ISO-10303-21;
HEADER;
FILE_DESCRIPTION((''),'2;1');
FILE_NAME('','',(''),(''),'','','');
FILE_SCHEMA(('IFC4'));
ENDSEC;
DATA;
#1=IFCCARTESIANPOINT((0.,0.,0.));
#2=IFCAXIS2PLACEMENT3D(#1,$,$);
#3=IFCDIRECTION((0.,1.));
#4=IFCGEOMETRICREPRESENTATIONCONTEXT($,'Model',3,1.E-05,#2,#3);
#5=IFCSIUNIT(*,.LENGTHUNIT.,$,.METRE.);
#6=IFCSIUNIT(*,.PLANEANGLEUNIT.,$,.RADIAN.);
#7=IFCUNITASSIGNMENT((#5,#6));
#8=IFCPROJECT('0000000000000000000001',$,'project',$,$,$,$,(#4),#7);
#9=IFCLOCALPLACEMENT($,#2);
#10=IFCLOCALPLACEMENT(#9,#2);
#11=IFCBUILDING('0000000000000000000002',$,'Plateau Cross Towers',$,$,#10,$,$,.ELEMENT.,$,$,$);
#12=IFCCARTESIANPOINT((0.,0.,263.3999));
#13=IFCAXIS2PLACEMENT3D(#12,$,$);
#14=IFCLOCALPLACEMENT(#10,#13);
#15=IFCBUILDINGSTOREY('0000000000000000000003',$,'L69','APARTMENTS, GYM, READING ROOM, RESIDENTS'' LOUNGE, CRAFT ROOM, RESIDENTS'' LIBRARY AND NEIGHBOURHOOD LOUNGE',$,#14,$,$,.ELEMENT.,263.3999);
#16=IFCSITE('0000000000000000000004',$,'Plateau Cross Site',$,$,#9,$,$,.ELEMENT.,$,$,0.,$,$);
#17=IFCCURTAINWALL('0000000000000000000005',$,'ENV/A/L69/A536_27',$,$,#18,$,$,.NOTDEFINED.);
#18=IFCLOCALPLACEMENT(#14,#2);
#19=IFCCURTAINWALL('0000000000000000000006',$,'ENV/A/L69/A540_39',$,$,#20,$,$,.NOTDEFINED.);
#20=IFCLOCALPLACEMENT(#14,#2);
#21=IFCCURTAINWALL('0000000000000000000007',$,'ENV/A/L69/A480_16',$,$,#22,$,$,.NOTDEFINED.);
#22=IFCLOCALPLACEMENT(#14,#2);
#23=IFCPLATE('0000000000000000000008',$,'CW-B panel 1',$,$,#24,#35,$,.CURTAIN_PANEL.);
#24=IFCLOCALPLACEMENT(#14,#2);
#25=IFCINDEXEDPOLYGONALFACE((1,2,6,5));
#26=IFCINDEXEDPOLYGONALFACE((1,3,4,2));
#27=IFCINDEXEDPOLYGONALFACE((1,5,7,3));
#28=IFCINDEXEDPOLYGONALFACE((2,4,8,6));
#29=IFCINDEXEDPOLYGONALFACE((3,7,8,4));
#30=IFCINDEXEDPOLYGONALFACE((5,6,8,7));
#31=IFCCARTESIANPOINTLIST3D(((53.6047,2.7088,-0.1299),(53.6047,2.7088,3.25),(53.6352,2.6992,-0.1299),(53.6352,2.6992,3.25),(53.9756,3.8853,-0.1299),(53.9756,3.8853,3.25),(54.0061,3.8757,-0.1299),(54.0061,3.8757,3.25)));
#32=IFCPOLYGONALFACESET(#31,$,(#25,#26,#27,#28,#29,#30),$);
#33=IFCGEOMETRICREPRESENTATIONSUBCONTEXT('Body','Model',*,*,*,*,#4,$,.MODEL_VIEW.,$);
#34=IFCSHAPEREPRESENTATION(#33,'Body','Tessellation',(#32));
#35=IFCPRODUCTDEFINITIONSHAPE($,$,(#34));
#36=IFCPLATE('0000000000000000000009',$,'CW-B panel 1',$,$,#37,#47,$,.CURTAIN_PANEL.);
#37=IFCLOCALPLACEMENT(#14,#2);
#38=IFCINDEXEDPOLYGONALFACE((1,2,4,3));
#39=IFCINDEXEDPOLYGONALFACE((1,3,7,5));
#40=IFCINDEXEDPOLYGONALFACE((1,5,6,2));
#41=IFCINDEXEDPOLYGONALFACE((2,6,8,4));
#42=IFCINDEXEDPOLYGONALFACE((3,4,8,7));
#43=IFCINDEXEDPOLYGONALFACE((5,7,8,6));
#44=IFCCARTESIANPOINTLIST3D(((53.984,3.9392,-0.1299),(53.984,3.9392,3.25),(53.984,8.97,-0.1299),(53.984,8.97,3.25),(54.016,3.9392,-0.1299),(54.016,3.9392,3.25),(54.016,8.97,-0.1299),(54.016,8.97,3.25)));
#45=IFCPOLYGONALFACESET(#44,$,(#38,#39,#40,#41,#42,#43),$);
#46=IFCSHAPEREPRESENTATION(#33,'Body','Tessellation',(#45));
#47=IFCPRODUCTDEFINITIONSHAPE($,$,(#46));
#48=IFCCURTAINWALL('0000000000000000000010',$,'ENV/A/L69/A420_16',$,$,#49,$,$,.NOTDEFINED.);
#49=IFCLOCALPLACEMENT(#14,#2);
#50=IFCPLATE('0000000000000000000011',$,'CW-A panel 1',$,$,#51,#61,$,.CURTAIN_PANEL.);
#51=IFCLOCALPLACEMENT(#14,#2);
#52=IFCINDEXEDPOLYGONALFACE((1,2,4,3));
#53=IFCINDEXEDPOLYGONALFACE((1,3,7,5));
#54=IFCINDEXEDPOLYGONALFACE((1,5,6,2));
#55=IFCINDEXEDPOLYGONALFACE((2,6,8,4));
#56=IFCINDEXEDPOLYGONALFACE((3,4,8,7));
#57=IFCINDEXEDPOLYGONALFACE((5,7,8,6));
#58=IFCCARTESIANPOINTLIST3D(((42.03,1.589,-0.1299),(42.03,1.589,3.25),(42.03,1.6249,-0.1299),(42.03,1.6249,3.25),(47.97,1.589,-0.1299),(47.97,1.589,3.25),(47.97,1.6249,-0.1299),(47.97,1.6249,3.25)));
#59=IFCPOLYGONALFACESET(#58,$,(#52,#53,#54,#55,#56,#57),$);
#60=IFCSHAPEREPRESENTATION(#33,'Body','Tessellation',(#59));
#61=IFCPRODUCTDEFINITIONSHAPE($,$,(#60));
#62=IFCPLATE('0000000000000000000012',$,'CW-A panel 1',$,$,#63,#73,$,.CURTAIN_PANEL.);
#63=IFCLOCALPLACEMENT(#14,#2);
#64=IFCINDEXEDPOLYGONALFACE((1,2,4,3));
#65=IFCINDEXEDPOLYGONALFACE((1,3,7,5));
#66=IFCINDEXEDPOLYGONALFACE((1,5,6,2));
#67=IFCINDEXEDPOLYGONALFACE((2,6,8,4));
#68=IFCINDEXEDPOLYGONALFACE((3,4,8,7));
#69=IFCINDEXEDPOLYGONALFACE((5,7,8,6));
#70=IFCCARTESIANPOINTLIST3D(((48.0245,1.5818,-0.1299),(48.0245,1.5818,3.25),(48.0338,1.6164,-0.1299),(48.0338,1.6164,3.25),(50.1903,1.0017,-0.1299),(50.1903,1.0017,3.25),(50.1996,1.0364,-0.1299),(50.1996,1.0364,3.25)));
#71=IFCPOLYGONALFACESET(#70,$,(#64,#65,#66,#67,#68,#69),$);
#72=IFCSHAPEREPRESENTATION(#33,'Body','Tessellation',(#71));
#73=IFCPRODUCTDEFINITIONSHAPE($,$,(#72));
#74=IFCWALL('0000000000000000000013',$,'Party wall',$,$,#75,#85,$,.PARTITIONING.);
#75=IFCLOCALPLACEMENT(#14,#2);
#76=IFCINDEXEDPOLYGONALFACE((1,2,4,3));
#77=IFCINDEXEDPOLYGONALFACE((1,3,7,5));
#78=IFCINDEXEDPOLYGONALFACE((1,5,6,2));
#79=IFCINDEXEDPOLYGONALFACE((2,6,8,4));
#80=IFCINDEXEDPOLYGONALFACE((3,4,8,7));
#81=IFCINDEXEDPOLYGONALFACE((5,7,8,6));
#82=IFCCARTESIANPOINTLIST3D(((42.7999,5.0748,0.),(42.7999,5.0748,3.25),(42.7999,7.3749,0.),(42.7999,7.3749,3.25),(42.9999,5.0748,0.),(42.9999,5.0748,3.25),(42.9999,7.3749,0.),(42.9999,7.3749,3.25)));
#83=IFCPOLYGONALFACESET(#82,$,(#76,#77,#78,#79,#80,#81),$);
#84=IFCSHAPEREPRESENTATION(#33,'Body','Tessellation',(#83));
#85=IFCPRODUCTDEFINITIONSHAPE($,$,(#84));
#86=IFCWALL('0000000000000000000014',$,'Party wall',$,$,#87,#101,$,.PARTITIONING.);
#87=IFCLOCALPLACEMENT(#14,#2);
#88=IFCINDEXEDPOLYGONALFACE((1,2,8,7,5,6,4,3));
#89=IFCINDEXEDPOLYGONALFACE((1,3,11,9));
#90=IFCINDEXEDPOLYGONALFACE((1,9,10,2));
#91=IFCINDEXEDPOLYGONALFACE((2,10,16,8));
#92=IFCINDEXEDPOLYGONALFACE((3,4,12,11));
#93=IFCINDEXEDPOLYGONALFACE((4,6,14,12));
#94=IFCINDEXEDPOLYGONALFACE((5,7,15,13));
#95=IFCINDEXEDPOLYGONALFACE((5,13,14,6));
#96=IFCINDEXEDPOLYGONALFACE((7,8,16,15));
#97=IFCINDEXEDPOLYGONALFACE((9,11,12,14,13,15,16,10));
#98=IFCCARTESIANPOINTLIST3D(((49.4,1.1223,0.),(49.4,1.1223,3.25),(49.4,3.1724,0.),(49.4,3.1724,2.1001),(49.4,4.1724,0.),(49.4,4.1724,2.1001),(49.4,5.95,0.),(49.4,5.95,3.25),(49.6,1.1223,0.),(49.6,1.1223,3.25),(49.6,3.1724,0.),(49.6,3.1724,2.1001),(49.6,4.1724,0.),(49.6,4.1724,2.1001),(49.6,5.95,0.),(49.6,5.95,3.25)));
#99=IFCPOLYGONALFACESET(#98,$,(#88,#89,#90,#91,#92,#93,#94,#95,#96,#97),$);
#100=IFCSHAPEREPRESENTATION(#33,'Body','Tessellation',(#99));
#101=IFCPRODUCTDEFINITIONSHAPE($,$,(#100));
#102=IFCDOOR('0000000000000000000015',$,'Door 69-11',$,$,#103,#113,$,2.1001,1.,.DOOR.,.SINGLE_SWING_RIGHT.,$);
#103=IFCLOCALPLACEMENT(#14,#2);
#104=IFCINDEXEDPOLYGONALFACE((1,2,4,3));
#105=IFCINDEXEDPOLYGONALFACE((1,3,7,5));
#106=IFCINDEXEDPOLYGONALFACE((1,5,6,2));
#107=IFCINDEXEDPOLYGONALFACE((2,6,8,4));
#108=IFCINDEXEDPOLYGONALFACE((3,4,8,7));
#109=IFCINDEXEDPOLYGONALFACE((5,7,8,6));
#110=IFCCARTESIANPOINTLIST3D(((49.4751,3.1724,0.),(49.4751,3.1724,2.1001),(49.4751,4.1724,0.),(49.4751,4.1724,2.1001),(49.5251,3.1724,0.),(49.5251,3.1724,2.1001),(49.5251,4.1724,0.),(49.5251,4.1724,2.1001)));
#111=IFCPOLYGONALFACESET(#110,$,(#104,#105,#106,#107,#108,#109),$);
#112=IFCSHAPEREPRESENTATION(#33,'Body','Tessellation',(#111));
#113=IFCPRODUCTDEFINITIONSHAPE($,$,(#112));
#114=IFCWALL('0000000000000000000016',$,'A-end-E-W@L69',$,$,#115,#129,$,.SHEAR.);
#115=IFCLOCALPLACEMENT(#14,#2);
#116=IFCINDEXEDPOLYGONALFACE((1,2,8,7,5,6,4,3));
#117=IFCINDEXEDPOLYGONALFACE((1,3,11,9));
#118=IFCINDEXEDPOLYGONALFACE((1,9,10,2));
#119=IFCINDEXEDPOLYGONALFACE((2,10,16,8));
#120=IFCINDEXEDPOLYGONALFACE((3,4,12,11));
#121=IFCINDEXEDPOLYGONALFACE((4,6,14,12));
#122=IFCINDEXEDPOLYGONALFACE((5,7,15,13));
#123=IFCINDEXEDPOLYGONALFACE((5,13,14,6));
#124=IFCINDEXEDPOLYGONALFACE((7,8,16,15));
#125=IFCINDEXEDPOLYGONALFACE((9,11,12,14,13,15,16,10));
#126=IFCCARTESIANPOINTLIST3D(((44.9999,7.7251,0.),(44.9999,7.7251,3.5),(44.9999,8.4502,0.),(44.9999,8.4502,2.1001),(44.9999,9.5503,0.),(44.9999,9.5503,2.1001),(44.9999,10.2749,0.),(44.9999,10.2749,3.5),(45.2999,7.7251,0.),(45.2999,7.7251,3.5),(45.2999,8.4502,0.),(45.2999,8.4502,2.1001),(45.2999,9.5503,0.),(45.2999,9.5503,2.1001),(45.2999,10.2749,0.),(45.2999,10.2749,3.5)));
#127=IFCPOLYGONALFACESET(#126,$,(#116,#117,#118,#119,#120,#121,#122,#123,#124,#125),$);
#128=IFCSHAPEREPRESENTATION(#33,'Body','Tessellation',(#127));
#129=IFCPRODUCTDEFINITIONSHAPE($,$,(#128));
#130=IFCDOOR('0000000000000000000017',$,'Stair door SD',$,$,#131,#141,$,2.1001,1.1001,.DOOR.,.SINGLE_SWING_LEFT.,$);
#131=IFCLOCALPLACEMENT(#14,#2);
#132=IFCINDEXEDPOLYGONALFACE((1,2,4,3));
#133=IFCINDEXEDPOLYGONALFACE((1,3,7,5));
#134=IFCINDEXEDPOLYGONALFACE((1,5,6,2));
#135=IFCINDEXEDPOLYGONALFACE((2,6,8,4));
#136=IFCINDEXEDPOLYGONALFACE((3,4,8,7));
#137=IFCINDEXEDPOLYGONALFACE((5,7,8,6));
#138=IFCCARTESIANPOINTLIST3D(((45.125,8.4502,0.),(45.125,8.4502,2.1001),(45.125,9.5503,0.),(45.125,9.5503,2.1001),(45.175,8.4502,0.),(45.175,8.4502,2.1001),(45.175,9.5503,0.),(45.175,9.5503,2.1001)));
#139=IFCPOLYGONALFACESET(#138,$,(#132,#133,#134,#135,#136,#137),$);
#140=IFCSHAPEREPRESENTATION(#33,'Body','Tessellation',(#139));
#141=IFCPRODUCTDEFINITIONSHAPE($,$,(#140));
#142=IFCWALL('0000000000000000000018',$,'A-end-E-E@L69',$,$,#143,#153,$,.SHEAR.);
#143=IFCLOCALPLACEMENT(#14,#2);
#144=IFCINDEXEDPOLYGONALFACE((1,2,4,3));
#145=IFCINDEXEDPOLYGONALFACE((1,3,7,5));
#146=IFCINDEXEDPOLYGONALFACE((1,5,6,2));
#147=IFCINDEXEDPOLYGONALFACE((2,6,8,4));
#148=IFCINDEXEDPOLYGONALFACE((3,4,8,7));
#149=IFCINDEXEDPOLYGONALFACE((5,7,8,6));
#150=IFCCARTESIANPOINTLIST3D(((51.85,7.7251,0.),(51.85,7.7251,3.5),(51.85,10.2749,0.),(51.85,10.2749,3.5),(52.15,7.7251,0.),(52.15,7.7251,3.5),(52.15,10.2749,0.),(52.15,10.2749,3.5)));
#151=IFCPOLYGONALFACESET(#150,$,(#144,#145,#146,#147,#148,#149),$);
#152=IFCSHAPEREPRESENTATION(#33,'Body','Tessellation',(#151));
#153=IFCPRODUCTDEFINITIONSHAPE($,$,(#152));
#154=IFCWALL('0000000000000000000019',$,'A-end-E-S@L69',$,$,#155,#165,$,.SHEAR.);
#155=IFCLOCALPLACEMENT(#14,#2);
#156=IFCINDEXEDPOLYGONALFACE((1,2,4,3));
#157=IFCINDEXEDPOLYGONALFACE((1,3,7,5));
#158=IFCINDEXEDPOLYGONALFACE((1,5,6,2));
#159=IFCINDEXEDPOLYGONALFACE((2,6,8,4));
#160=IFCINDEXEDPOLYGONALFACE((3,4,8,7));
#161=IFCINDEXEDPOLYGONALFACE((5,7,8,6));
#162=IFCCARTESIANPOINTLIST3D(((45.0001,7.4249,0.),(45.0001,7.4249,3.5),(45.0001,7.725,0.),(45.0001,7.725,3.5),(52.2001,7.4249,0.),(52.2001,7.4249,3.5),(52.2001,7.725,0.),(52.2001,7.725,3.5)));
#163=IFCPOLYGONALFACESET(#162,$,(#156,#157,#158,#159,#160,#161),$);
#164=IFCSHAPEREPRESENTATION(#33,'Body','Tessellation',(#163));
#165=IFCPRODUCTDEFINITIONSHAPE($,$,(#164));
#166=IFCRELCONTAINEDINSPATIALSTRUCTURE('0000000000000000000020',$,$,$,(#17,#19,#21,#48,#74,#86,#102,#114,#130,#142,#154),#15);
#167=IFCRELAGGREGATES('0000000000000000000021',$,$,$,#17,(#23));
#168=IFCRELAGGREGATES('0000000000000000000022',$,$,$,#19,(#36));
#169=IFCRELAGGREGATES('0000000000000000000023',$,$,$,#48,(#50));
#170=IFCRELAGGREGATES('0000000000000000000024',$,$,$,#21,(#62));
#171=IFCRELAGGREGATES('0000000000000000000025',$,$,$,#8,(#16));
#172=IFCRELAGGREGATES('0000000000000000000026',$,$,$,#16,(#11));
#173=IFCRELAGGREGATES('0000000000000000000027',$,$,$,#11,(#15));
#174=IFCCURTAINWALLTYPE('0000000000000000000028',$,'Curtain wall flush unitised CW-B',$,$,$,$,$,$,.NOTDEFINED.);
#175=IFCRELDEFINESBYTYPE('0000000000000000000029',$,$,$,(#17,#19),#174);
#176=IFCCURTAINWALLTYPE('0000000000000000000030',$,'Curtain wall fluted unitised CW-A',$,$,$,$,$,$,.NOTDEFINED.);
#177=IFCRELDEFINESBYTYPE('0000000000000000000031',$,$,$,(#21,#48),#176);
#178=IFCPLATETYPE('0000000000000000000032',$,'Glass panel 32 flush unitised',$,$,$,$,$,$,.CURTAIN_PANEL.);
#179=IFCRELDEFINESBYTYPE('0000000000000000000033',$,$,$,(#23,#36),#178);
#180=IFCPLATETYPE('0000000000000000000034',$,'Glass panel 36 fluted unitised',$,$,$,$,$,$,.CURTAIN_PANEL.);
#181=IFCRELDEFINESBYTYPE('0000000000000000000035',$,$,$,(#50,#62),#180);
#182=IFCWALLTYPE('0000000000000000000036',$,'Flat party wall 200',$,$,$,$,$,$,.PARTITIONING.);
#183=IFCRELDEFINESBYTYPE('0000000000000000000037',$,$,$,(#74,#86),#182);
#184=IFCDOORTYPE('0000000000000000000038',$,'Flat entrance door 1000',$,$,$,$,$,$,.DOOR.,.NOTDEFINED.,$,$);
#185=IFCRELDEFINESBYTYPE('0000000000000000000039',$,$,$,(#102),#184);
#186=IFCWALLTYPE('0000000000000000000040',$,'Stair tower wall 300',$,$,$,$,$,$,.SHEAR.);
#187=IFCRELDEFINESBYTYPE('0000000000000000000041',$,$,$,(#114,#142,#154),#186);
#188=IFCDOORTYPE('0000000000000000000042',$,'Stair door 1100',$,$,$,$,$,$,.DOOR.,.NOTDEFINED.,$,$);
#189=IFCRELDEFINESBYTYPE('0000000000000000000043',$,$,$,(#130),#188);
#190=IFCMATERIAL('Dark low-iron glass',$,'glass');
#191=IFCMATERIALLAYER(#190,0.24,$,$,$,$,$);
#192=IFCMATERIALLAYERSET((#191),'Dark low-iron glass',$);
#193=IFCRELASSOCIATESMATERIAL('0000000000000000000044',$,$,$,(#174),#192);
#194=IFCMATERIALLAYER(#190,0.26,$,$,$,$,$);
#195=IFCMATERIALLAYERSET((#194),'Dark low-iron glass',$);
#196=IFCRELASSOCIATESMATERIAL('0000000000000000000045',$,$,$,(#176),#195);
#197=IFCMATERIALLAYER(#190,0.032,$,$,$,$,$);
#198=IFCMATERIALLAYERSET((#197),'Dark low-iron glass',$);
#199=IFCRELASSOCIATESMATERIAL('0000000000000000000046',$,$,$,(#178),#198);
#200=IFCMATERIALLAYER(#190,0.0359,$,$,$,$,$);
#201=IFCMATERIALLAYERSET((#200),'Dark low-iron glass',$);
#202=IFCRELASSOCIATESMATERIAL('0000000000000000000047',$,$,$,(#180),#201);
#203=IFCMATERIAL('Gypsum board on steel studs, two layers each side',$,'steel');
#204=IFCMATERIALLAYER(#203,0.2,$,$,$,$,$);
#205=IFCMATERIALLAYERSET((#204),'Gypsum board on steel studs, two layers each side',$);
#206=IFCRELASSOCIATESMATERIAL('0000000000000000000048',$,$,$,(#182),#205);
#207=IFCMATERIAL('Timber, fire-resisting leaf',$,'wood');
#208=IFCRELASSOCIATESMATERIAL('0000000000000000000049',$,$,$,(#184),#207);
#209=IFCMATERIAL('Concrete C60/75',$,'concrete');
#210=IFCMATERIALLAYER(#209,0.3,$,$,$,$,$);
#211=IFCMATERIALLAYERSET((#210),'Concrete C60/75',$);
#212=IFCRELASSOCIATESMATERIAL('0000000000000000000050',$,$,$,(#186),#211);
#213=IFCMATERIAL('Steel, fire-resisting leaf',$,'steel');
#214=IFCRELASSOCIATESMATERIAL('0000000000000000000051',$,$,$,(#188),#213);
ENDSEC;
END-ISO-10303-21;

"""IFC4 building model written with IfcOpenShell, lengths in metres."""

from ifc_helpers import new_model, si_unit, direction, frame, frame_2d, origin, origin_2d, place, context, subcontext, project, spatial, rectangle, extrude, material, layer, layer_set, type_object, element, fill, aggregate, save


model = new_model("IFC4")

# Units and contexts
model_context = context("Model", 3, precision=1e-05, world=origin(), true_north=direction((0.0, 1.0)))
body_context = subcontext(model_context, "Body", "Model", "MODEL_VIEW")
ifc_project = project(units=[si_unit("LENGTHUNIT", "METRE"), si_unit("PLANEANGLEUNIT", "RADIAN")], contexts=[model_context])

# Site, building, storey
site_placement = place(None, origin())
site = spatial("IfcSite", under=ifc_project, at=site_placement, Name="Plateau Cross Site", CompositionType="ELEMENT", RefElevation=0.0)
building_placement = place(site_placement, origin())
building = spatial("IfcBuilding", under=site, at=building_placement, Name="Plateau Cross Towers", CompositionType="ELEMENT")
storey_placement = place(building_placement, frame((0.0, 0.0, 263.3999)))
storey = spatial("IfcBuildingStorey", under=building, at=storey_placement, Name="L69", Description="APARTMENTS, GYM, READING ROOM, RESIDENTS' LOUNGE, CRAFT ROOM, RESIDENTS' LIBRARY AND NEIGHBOURHOOD LOUNGE", CompositionType="ELEMENT", Elevation=263.3999)

# Shared definitions
ifc_material_1 = material(Name="Concrete C60/75", Category="concrete")

# Shared definitions
ifc_material_2 = material(Name="Dark low-iron glass", Category="glass")
ifc_layer_1 = layer(ifc_material_2, 0.24)
ifc_layer_set_1 = layer_set([ifc_layer_1], Name="Dark low-iron glass")
curtain_wall_type_1 = type_object("IfcCurtainWallType", Name="Curtain wall flush unitised CW-B", PredefinedType="NOTDEFINED", material=ifc_layer_set_1)

# Curtain walls
curtain_wall_1_placement = place(storey_placement, origin())
curtain_wall_1 = element("IfcCurtainWall", 1, at=curtain_wall_1_placement, inside=storey, type_object=curtain_wall_type_1, Name="ENV/A/L69/A536_27", PredefinedType="NOTDEFINED")
curtain_wall_2_placement = place(storey_placement, origin())
curtain_wall_2 = element("IfcCurtainWall", 2, at=curtain_wall_2_placement, inside=storey, type_object=curtain_wall_type_1, Name="ENV/A/L69/A540_39", PredefinedType="NOTDEFINED")
ifc_layer_2 = layer(ifc_material_2, 0.26)
ifc_layer_set_2 = layer_set([ifc_layer_2], Name="Dark low-iron glass")
curtain_wall_type_2 = type_object("IfcCurtainWallType", Name="Curtain wall fluted unitised CW-A", PredefinedType="NOTDEFINED", material=ifc_layer_set_2)
curtain_wall_3_placement = place(storey_placement, origin())
curtain_wall_3 = element("IfcCurtainWall", 3, at=curtain_wall_3_placement, inside=storey, type_object=curtain_wall_type_2, Name="ENV/A/L69/A480_16", PredefinedType="NOTDEFINED")

# Plates
ifc_layer_3 = layer(ifc_material_2, 0.032)
ifc_layer_set_3 = layer_set([ifc_layer_3], Name="Dark low-iron glass")
plate_type_1 = type_object("IfcPlateType", Name="Glass panel 32 flush unitised", PredefinedType="CURTAIN_PANEL", material=ifc_layer_set_3)
plate_1_placement = place(storey_placement, frame((53.8054, 3.2922, -0.1299), z_axis=(0.0, 0.0, 1.0), x_axis=(0.300686, 0.953723, 0.0)))
plate_1 = element("IfcPlate", 4, at=plate_1_placement, type_object=plate_type_1, Name="CW-B panel 1", PredefinedType="CURTAIN_PANEL", context=body_context, shape_type="SweptSolid", body=[
    extrude(rectangle(XDim=1.2336, YDim=0.032, at=origin_2d()), origin(), (0.0, 0.0, 1.0), 3.3799),
])
aggregate(curtain_wall_1, [plate_1])
plate_2_placement = place(storey_placement, frame((54.0, 6.4546, -0.1299), z_axis=(0.0, 0.0, 1.0), x_axis=(0.0, 1.0, 0.0)))
plate_2 = element("IfcPlate", 5, at=plate_2_placement, type_object=plate_type_1, Name="CW-B panel 1", PredefinedType="CURTAIN_PANEL", context=body_context, shape_type="SweptSolid", body=[
    extrude(rectangle(XDim=5.0308, YDim=0.032, at=origin_2d()), origin(), (0.0, 0.0, 1.0), 3.3799),
])
aggregate(curtain_wall_2, [plate_2])

# Curtain wall, plate
curtain_wall_4_placement = place(storey_placement, origin())
curtain_wall_4 = element("IfcCurtainWall", 6, at=curtain_wall_4_placement, inside=storey, type_object=curtain_wall_type_2, Name="ENV/A/L69/A420_16", PredefinedType="NOTDEFINED")
ifc_layer_4 = layer(ifc_material_2, 0.0359)
ifc_layer_set_4 = layer_set([ifc_layer_4], Name="Dark low-iron glass")
plate_type_2 = type_object("IfcPlateType", Name="Glass panel 36 fluted unitised", PredefinedType="CURTAIN_PANEL", material=ifc_layer_set_4)
plate_3_placement = place(storey_placement, frame((45.0, 1.6069, -0.1299), z_axis=(0.0, 0.0, 1.0), x_axis=(1.0, 0.0, 0.0)))
plate_3 = element("IfcPlate", 7, at=plate_3_placement, type_object=plate_type_2, Name="CW-A panel 1", PredefinedType="CURTAIN_PANEL", context=body_context, shape_type="SweptSolid", body=[
    extrude(rectangle(XDim=5.9399, YDim=0.0359, at=origin_2d()), origin(), (0.0, 0.0, 1.0), 3.3799),
])
aggregate(curtain_wall_4, [plate_3])

# Plate
plate_4_placement = place(storey_placement, frame((49.1121, 1.3091, -0.1299), z_axis=(0.0, 0.0, 1.0), x_axis=(0.965958, -0.258699, 0.0)))
plate_4 = element("IfcPlate", 8, at=plate_4_placement, type_object=plate_type_2, Name="CW-A panel 1", PredefinedType="CURTAIN_PANEL", context=body_context, shape_type="SweptSolid", body=[
    extrude(rectangle(XDim=2.2422, YDim=0.0359, at=origin_2d()), origin(), (0.0, 0.0, 1.0), 3.3799),
])
aggregate(curtain_wall_3, [plate_4])

# Wall
ifc_material_3 = material(Name="Gypsum board on steel studs, two layers each side", Category="steel")
ifc_layer_5 = layer(ifc_material_3, 0.2)
ifc_layer_set_5 = layer_set([ifc_layer_5], Name="Gypsum board on steel studs, two layers each side")
wall_type_1 = type_object("IfcWallType", Name="Flat party wall 200", PredefinedType="PARTITIONING", material=ifc_layer_set_5)
wall_1_placement = place(storey_placement, frame((42.8999, 5.075, 0.0), z_axis=(0.0, 0.0, 1.0), x_axis=(0.0, 1.0, 0.0)))
element("IfcWall", 9, at=wall_1_placement, inside=storey, type_object=wall_type_1, Name="Party wall", PredefinedType="PARTITIONING", context=body_context, shape_type="SweptSolid", body=[
    extrude(rectangle(XDim=2.3, YDim=0.2, at=frame_2d((1.1499, 0.0))), origin(), (0.0, 0.0, 1.0), 3.25),
])

# Walls, openings, doors
wall_2_placement = place(storey_placement, frame((49.5, 1.1223, 0.0), z_axis=(0.0, 0.0, 1.0), x_axis=(0.0, 1.0, 0.0)))
wall_2 = element("IfcWall", 10, at=wall_2_placement, inside=storey, type_object=wall_type_1, Name="Party wall", PredefinedType="PARTITIONING", context=body_context, shape_type="SweptSolid", body=[
    extrude(rectangle(XDim=4.8276, YDim=0.2, at=frame_2d((2.4138, 0.0))), origin(), (0.0, 0.0, 1.0), 3.25),
])
opening_1_placement = place(wall_2_placement, frame((2.05, 0.0, 0.0)))
opening_1 = element("IfcOpeningElement", 11, at=opening_1_placement, cuts=wall_2, PredefinedType="OPENING", context=body_context, shape_type="SweptSolid", body=[
    extrude(rectangle(XDim=1.0, YDim=2.1001, at=frame_2d((0.5, 1.05))), frame((0.0, 0.1099, 0.0), z_axis=(0.0, -1.0, 0.0), x_axis=(1.0, 0.0, 0.0)), (0.0, 0.0, 1.0), 0.22),
])
ifc_material_4 = material(Name="Timber, fire-resisting leaf", Category="wood")
door_type_1 = type_object("IfcDoorType", Name="Flat entrance door 1000", OperationType="NOTDEFINED", PredefinedType="DOOR", material=ifc_material_4)
door_1_placement = place(opening_1_placement, origin())
door_1 = element("IfcDoor", 12, at=door_1_placement, inside=storey, type_object=door_type_1, Name="Door 69-11", OperationType="SINGLE_SWING_RIGHT", OverallHeight=2.1001, OverallWidth=1.0, PredefinedType="DOOR", context=body_context, shape_type="SweptSolid", body=[
    extrude(rectangle(XDim=1.0, YDim=2.1001, at=frame_2d((0.5, 1.05))), frame((0.0, 0.0249, 0.0), z_axis=(0.0, -1.0, 0.0), x_axis=(1.0, 0.0, 0.0)), (0.0, 0.0, 1.0), 0.05),
])
fill(opening_1, door_1)
ifc_layer_6 = layer(ifc_material_1, 0.3)
ifc_layer_set_6 = layer_set([ifc_layer_6], Name="Concrete C60/75")
wall_type_2 = type_object("IfcWallType", Name="Stair tower wall 300", PredefinedType="SHEAR", material=ifc_layer_set_6)
wall_3_placement = place(storey_placement, frame((45.1499, 7.7251, 0.0), z_axis=(0.0, 0.0, 1.0), x_axis=(0.0, 1.0, 0.0)))
wall_3 = element("IfcWall", 13, at=wall_3_placement, inside=storey, type_object=wall_type_2, Name="A-end-E-W@L69", PredefinedType="SHEAR", context=body_context, shape_type="SweptSolid", body=[
    extrude(rectangle(XDim=2.5498, YDim=0.3, at=frame_2d((1.2749, 0.0))), origin(), (0.0, 0.0, 1.0), 3.5),
])
opening_2_placement = place(wall_3_placement, frame((0.7251, 0.0, 0.0)))
opening_2 = element("IfcOpeningElement", 14, at=opening_2_placement, cuts=wall_3, PredefinedType="OPENING", context=body_context, shape_type="SweptSolid", body=[
    extrude(rectangle(XDim=1.1001, YDim=2.1001, at=frame_2d((0.55, 1.05))), frame((0.0, 0.1599, 0.0), z_axis=(0.0, -1.0, 0.0), x_axis=(1.0, 0.0, 0.0)), (0.0, 0.0, 1.0), 0.3201),
])
ifc_material_5 = material(Name="Steel, fire-resisting leaf", Category="steel")
door_type_2 = type_object("IfcDoorType", Name="Stair door 1100", OperationType="NOTDEFINED", PredefinedType="DOOR", material=ifc_material_5)
door_2_placement = place(opening_2_placement, origin())
door_2 = element("IfcDoor", 15, at=door_2_placement, inside=storey, type_object=door_type_2, Name="Stair door SD", OperationType="SINGLE_SWING_LEFT", OverallHeight=2.1001, OverallWidth=1.1001, PredefinedType="DOOR", context=body_context, shape_type="SweptSolid", body=[
    extrude(rectangle(XDim=1.1001, YDim=2.1001, at=frame_2d((0.55, 1.05))), frame((0.0, 0.0249, 0.0), z_axis=(0.0, -1.0, 0.0), x_axis=(1.0, 0.0, 0.0)), (0.0, 0.0, 1.0), 0.05),
])
fill(opening_2, door_2)

# Walls
wall_4_placement = place(storey_placement, frame((52.0, 7.7251, 0.0), z_axis=(0.0, 0.0, 1.0), x_axis=(0.0, 1.0, 0.0)))
element("IfcWall", 16, at=wall_4_placement, inside=storey, type_object=wall_type_2, Name="A-end-E-E@L69", PredefinedType="SHEAR", context=body_context, shape_type="SweptSolid", body=[
    extrude(rectangle(XDim=2.5498, YDim=0.3, at=frame_2d((1.2749, 0.0))), origin(), (0.0, 0.0, 1.0), 3.5),
])
wall_5_placement = place(storey_placement, frame((45.0, 7.575, 0.0), z_axis=(0.0, 0.0, 1.0), x_axis=(1.0, 0.0, 0.0)))
element("IfcWall", 17, at=wall_5_placement, inside=storey, type_object=wall_type_2, Name="A-end-E-S@L69", PredefinedType="SHEAR", context=body_context, shape_type="SweptSolid", body=[
    extrude(rectangle(XDim=7.2, YDim=0.3, at=frame_2d((3.6001, 0.0))), origin(), (0.0, 0.0, 1.0), 3.5),
])

save(model, "model.ifc")
